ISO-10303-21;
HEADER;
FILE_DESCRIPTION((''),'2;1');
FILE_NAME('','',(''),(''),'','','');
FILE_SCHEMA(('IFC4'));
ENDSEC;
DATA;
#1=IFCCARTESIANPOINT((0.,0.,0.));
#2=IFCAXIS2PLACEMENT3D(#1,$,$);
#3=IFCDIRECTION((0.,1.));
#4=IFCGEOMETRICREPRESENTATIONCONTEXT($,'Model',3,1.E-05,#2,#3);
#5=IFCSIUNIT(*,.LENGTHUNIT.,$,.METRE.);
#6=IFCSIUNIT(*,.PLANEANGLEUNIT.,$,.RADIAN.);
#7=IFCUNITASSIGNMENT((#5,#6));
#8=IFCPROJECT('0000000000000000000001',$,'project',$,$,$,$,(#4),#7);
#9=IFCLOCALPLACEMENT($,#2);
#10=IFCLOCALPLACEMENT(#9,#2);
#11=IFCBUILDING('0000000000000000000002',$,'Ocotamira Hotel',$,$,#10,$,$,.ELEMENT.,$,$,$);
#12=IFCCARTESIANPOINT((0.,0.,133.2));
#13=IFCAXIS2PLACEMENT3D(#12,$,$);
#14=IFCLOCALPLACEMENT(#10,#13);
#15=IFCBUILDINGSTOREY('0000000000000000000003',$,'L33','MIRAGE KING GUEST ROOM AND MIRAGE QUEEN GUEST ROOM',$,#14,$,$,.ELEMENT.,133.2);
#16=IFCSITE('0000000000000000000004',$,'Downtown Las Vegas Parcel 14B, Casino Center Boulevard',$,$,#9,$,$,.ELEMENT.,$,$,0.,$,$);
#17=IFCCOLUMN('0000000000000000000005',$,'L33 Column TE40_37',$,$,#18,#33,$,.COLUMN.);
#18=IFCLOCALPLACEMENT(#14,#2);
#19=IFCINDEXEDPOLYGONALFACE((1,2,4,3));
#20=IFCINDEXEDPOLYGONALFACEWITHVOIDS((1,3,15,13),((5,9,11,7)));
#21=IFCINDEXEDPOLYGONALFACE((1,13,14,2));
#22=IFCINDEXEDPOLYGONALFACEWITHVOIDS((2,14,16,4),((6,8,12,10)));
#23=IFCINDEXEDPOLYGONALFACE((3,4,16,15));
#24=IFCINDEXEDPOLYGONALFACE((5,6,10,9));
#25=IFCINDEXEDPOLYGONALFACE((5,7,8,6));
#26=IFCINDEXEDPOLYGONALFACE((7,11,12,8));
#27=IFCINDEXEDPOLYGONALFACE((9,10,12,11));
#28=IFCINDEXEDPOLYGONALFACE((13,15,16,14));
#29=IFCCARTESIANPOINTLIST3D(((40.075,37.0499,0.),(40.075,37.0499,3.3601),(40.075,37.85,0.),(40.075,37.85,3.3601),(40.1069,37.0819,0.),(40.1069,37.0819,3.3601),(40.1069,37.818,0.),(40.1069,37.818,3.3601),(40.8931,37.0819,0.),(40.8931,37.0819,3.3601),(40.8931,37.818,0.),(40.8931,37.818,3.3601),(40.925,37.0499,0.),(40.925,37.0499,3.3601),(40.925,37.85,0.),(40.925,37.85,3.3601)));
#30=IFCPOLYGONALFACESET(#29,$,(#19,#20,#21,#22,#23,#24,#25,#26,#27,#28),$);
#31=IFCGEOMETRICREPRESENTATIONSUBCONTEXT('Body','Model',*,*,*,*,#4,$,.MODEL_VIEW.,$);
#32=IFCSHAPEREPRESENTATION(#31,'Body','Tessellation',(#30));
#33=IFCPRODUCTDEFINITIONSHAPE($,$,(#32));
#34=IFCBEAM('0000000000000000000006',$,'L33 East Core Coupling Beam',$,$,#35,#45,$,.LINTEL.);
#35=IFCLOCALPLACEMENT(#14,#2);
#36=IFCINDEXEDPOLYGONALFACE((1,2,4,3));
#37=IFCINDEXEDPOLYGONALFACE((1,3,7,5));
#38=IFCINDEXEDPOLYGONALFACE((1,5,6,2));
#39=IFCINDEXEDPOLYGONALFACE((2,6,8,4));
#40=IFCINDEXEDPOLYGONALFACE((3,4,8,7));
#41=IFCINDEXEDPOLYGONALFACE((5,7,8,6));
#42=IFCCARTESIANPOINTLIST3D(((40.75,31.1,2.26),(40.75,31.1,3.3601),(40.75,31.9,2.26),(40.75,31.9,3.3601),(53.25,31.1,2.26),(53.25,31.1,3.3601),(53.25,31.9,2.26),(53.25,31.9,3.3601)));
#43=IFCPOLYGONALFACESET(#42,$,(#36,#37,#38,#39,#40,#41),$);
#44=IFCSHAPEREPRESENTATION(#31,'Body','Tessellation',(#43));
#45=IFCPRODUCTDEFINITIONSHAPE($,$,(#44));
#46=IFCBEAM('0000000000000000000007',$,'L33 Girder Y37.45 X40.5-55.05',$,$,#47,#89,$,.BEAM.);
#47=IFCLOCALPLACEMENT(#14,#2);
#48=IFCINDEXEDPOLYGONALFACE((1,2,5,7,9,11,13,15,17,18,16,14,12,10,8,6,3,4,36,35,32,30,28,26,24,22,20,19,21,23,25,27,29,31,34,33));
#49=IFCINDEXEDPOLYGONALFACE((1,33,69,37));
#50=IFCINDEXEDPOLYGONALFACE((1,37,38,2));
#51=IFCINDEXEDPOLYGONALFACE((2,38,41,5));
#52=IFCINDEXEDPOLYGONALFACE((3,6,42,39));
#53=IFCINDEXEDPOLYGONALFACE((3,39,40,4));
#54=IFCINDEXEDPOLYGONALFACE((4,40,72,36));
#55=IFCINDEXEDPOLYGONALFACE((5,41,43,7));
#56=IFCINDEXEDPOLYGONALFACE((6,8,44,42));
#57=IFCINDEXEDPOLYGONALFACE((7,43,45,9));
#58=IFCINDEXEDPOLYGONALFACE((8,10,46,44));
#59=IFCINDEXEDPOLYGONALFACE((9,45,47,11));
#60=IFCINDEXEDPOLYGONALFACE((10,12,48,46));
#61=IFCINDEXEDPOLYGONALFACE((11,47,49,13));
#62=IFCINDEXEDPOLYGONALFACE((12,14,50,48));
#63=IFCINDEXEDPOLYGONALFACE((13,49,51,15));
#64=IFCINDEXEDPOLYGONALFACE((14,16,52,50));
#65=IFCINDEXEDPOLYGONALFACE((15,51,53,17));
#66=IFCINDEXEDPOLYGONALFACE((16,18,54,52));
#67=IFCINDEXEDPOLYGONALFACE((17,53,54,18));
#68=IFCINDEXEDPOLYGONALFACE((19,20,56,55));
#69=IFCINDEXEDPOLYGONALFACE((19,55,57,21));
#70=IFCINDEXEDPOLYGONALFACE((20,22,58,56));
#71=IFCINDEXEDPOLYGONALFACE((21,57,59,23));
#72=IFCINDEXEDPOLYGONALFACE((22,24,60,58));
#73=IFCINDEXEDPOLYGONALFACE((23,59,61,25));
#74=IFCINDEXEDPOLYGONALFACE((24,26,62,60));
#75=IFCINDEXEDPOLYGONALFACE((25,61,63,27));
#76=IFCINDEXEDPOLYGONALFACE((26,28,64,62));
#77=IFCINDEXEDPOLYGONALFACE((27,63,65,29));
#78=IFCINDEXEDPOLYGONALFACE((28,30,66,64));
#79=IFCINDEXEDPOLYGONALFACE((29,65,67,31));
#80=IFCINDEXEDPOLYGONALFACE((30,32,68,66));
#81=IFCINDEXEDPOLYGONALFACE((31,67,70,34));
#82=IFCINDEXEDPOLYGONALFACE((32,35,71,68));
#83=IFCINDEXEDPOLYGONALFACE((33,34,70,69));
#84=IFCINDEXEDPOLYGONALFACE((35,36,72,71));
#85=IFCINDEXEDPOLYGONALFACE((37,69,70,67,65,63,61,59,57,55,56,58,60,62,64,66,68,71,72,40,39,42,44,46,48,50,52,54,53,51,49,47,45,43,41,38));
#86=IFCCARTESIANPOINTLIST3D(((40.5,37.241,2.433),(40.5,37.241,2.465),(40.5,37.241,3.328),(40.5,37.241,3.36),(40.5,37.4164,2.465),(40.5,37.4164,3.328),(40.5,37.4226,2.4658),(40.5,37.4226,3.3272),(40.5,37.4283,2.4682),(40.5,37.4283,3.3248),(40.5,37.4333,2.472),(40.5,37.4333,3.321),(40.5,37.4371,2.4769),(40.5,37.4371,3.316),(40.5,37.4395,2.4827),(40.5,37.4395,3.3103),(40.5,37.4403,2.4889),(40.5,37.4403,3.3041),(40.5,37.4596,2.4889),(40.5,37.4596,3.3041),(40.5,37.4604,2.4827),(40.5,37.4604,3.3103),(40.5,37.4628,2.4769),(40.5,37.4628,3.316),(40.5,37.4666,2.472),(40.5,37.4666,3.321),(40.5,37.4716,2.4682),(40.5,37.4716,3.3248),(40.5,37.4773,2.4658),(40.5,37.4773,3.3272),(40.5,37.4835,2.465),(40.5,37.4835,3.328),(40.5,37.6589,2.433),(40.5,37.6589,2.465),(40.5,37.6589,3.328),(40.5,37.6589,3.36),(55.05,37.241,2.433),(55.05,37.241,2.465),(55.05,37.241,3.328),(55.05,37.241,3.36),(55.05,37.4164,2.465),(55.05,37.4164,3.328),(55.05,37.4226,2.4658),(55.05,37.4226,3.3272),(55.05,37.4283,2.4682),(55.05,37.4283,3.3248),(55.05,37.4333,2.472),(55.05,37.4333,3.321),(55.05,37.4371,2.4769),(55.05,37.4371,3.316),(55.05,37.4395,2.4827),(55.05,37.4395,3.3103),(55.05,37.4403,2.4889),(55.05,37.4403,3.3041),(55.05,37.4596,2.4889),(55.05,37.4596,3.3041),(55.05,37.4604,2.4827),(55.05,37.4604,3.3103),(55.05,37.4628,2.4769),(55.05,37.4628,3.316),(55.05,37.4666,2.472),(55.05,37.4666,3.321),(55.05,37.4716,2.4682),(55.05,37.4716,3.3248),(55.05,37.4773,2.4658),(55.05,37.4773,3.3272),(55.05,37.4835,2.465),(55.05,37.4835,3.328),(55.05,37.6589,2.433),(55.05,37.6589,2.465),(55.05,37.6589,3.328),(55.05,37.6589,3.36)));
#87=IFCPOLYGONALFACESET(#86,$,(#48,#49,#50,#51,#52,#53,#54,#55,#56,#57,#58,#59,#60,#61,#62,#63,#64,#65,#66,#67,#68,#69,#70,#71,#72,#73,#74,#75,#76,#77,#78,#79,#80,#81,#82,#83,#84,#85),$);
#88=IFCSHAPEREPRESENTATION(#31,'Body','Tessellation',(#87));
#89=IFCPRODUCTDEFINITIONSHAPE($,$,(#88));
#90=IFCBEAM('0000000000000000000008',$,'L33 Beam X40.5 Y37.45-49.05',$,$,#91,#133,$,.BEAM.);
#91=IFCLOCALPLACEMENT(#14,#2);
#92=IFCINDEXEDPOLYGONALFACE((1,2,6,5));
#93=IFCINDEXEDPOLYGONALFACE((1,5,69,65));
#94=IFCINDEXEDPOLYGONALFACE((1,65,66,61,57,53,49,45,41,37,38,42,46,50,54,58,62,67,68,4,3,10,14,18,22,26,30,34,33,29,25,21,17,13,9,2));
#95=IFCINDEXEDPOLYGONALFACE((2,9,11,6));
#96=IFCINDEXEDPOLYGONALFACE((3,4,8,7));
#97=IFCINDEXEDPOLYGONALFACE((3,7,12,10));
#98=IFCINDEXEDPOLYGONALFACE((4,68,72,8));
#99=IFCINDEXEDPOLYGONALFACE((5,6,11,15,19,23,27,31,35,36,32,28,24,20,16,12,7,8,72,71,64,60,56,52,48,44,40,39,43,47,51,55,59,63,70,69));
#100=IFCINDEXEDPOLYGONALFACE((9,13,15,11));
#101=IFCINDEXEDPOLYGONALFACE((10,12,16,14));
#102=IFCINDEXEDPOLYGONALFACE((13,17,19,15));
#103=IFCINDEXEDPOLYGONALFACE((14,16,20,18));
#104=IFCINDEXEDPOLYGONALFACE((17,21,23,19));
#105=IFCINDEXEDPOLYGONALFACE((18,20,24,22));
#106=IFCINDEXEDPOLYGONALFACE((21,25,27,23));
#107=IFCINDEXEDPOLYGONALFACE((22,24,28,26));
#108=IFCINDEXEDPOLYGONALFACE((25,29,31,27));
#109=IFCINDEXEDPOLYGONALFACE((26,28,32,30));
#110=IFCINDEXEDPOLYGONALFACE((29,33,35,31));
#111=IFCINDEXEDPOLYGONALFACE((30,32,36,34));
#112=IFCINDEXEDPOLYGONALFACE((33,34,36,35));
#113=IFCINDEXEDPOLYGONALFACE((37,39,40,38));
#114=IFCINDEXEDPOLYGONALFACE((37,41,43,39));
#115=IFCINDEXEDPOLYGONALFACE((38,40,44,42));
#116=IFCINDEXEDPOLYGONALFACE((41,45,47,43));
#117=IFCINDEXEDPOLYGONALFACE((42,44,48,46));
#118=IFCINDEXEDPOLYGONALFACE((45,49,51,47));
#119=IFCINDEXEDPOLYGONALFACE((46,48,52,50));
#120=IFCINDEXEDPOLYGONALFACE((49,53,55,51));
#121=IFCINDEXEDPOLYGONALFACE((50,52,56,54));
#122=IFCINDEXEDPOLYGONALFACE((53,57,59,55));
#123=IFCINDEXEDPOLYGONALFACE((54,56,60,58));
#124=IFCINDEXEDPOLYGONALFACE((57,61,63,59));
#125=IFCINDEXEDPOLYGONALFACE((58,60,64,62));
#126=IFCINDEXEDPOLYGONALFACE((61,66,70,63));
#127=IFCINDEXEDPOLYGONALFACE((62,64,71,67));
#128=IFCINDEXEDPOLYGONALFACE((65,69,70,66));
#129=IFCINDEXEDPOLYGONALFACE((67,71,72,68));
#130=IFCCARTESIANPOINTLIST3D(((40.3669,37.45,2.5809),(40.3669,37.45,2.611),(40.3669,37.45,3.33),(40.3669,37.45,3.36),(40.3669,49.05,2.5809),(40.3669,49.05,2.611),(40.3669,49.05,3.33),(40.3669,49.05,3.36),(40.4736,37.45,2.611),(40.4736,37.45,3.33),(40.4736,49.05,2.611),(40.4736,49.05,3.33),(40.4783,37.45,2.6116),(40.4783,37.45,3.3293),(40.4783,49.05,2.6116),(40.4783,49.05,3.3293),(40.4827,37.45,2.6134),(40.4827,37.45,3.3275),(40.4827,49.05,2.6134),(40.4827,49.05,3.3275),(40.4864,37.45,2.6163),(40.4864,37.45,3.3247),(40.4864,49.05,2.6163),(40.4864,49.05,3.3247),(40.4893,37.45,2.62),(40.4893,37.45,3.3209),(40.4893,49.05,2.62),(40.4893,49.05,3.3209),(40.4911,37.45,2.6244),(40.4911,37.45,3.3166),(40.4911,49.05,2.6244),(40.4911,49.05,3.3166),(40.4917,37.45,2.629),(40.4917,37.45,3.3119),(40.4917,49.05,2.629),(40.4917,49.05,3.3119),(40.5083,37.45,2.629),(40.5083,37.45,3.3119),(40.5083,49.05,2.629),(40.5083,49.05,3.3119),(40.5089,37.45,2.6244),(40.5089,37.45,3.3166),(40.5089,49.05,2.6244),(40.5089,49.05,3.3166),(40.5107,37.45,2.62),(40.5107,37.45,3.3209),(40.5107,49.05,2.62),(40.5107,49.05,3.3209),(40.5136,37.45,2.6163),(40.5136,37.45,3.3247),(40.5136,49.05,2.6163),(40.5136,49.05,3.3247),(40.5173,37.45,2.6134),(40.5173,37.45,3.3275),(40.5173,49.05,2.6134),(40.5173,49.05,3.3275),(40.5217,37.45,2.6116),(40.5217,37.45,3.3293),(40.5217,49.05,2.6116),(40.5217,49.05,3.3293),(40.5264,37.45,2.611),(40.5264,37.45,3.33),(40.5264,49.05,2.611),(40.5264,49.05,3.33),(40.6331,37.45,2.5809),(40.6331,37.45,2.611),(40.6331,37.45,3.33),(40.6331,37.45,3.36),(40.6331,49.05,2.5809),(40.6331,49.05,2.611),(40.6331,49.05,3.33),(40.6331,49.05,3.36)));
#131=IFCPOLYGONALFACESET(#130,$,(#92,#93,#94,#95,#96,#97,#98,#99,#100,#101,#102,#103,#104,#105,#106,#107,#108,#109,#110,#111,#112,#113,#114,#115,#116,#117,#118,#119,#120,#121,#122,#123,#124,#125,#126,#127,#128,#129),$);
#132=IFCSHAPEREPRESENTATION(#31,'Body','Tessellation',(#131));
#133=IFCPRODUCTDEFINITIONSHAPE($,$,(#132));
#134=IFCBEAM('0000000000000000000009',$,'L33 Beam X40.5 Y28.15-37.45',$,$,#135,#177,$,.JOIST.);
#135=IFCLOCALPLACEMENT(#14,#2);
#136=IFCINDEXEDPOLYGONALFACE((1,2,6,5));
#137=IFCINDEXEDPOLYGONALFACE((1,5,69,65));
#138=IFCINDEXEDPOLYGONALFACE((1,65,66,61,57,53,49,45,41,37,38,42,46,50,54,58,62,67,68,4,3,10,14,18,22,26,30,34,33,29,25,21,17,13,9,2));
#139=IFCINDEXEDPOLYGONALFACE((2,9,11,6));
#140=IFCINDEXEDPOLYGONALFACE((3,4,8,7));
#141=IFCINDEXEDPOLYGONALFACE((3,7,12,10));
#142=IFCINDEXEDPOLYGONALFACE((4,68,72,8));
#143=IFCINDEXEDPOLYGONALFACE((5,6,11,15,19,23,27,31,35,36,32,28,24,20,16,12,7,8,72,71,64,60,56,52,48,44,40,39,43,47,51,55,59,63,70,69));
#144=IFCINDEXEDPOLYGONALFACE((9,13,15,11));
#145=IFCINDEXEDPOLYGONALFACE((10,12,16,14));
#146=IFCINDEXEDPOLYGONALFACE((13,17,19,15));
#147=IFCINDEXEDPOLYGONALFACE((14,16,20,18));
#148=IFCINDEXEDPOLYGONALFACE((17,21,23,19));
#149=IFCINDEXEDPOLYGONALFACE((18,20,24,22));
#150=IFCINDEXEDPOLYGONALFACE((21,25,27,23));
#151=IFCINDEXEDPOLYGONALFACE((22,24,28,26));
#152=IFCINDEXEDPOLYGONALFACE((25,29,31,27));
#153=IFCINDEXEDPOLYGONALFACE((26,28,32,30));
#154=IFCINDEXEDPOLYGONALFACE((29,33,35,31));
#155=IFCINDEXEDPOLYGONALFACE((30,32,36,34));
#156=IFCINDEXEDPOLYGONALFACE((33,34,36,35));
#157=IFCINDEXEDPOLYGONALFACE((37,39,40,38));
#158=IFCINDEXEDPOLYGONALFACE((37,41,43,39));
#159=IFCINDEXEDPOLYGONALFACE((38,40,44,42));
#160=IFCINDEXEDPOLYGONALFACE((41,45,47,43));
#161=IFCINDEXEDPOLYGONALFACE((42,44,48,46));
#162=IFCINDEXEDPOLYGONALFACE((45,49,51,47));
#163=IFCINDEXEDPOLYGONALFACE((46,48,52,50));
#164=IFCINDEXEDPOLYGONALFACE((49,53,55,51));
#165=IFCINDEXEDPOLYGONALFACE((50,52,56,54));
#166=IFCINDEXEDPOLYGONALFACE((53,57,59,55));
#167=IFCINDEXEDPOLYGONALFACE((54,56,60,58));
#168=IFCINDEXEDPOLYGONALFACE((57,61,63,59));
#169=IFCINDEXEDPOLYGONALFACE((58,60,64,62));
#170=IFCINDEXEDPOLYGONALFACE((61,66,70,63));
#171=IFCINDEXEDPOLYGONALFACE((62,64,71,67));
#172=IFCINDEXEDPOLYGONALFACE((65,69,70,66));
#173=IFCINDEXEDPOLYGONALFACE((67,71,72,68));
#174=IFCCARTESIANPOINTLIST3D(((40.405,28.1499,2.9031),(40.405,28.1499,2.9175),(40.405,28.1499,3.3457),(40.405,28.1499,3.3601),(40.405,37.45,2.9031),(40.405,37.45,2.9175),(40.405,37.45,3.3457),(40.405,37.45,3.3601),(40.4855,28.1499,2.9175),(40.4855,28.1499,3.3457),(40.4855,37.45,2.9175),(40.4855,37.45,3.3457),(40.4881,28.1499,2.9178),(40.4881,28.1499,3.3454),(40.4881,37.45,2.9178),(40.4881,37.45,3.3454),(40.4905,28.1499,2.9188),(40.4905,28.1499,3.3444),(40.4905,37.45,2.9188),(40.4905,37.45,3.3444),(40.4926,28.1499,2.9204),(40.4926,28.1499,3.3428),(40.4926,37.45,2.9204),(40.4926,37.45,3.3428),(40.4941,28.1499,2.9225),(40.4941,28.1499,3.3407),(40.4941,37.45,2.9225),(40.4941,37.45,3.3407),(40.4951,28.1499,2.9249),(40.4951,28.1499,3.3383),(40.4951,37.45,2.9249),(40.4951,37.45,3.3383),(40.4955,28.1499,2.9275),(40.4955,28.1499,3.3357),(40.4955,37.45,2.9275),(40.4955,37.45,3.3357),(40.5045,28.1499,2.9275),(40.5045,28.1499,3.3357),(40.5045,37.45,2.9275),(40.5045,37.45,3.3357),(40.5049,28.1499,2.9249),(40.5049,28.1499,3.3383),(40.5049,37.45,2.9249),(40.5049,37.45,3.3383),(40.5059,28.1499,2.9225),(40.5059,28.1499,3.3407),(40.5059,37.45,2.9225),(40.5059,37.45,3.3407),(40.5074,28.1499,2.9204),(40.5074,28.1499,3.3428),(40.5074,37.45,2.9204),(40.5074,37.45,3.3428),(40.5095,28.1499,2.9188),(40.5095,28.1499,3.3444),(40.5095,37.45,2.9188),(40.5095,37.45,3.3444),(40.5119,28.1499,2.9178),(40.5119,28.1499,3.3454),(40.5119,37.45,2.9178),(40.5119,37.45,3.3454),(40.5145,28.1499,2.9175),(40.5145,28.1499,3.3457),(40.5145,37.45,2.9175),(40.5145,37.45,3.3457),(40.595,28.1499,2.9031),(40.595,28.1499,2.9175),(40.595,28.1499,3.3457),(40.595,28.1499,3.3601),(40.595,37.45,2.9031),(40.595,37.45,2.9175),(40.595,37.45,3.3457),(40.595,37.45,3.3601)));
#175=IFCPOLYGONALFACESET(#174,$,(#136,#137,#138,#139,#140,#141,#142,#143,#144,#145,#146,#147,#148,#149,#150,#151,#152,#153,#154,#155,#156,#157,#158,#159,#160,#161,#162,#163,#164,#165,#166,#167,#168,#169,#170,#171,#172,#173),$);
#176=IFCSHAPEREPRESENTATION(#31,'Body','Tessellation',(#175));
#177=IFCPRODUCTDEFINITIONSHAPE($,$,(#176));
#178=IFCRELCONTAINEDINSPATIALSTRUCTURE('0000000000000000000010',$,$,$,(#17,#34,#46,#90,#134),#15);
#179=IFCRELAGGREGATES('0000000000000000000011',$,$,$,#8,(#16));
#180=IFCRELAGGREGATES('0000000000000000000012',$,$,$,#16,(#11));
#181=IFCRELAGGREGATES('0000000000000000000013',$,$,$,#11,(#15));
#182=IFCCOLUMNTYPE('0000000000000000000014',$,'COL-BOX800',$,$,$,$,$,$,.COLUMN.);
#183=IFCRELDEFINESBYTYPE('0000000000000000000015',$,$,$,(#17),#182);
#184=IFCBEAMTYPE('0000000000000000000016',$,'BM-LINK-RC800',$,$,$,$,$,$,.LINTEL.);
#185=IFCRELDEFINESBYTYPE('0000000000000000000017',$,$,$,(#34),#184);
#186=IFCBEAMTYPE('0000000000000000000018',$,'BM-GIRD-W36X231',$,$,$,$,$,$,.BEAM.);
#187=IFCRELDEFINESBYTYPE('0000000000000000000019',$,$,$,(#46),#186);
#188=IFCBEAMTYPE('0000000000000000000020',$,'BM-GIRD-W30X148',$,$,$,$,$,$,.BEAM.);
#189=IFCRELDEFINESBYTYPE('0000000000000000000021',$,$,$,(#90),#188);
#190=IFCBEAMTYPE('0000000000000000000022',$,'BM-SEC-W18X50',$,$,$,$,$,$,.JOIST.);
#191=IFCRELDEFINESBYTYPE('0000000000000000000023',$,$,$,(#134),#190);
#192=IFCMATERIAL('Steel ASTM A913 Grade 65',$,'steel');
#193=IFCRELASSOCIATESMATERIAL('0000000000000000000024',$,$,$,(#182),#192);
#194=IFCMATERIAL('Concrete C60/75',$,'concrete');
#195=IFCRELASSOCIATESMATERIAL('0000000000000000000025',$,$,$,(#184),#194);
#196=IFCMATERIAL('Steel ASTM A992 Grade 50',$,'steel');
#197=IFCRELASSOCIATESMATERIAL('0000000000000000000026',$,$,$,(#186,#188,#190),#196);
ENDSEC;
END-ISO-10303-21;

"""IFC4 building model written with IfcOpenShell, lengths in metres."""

from ifc_helpers import new_model, si_unit, direction, frame, origin, origin_2d, place, context, subcontext, project, spatial, rectangle, hollow_rectangle, i_section, extrude, source, transform, mapped, material, material_profile, profile_set, type_object, element, save


model = new_model("IFC4")

# Units and contexts
model_context = context("Model", 3, precision=1e-05, world=origin(), true_north=direction((0.0, 1.0)))
body_context = subcontext(model_context, "Body", "Model", "MODEL_VIEW")
ifc_project = project(units=[si_unit("LENGTHUNIT", "METRE"), si_unit("PLANEANGLEUNIT", "RADIAN")], contexts=[model_context])

# Site, building, storey
site_placement = place(None, origin())
site = spatial("IfcSite", under=ifc_project, at=site_placement, Name="Downtown Las Vegas Parcel 14B, Casino Center Boulevard", CompositionType="ELEMENT", RefElevation=0.0)
building_placement = place(site_placement, origin())
building = spatial("IfcBuilding", under=site, at=building_placement, Name="Ocotamira Hotel", CompositionType="ELEMENT")
storey_placement = place(building_placement, frame((0.0, 0.0, 133.2)))
storey = spatial("IfcBuildingStorey", under=building, at=storey_placement, Name="L33", Description="MIRAGE KING GUEST ROOM AND MIRAGE QUEEN GUEST ROOM", CompositionType="ELEMENT", Elevation=133.2)

# Column
ifc_material_1 = material(Name="Steel ASTM A913 Grade 65", Category="steel")
ifc_material_profile_1 = material_profile(ifc_material_1, hollow_rectangle(XDim=0.8501, YDim=0.8, WallThickness=0.032, at=origin_2d()), Name="BOX800X850X32")
ifc_profile_set_1 = profile_set([ifc_material_profile_1], Name="Steel ASTM A913 Grade 65")
column_type = type_object("IfcColumnType", Name="COL-BOX800", PredefinedType="COLUMN", material=ifc_profile_set_1)
shared_shape_1 = source(origin(), body_context, "Body", "SweptSolid", [
    extrude(hollow_rectangle(XDim=0.8501, YDim=0.8, WallThickness=0.032, at=origin_2d()), origin(), (0.0, 0.0, 1.0), 3.3601),
])
column_placement = place(storey_placement, frame((40.5, 37.45, 0.0), z_axis=(0.0, 0.0, 1.0), x_axis=(1.0, 0.0, 0.0)))
element("IfcColumn", 1, at=column_placement, inside=storey, type_object=column_type, Name="L33 Column TE40_37", PredefinedType="COLUMN", context=body_context, shape_type="MappedRepresentation", body=[
    mapped(shared_shape_1, transform((0.0, 0.0, 0.0), scale=1.0)),
])

# Beams
ifc_material_2 = material(Name="Concrete C60/75", Category="concrete")
ifc_material_profile_2 = material_profile(ifc_material_2, rectangle(XDim=0.8, YDim=1.1001, at=origin_2d()), Name="RC800X1100")
ifc_profile_set_2 = profile_set([ifc_material_profile_2], Name="Concrete C60/75")
beam_type_1 = type_object("IfcBeamType", Name="BM-LINK-RC800", PredefinedType="LINTEL", material=ifc_profile_set_2)
shared_shape_2 = source(origin(), body_context, "Body", "SweptSolid", [
    extrude(rectangle(XDim=0.8, YDim=1.1001, at=origin_2d()), origin(), (0.0, 0.0, 1.0), 12.5),
])
beam_1_placement = place(storey_placement, frame((40.75, 31.5, 2.8101), z_axis=(1.0, 0.0, 0.0), x_axis=(0.0, 1.0, 0.0)))
element("IfcBeam", 2, at=beam_1_placement, inside=storey, type_object=beam_type_1, Name="L33 East Core Coupling Beam", PredefinedType="LINTEL", context=body_context, shape_type="MappedRepresentation", body=[
    mapped(shared_shape_2, transform((0.0, 0.0, 0.0), scale=1.0)),
])
ifc_material_3 = material(Name="Steel ASTM A992 Grade 50", Category="steel")
ifc_material_profile_3 = material_profile(ifc_material_3, i_section(OverallWidth=0.418, OverallDepth=0.927, WebThickness=0.0193, FlangeThickness=0.032, FilletRadius=0.0239, at=origin_2d()), Name="W36X231")
ifc_profile_set_3 = profile_set([ifc_material_profile_3], Name="Steel ASTM A992 Grade 50")
beam_type_2 = type_object("IfcBeamType", Name="BM-GIRD-W36X231", PredefinedType="BEAM", material=ifc_profile_set_3)
shared_shape_3 = source(origin(), body_context, "Body", "SweptSolid", [
    extrude(i_section(OverallWidth=0.418, OverallDepth=0.927, WebThickness=0.0193, FlangeThickness=0.032, FilletRadius=0.0239, at=origin_2d()), origin(), (0.0, 0.0, 1.0), 14.55),
])
beam_2_placement = place(storey_placement, frame((40.5, 37.45, 2.8965), z_axis=(1.0, 0.0, 0.0), x_axis=(0.0, 1.0, 0.0)))
element("IfcBeam", 3, at=beam_2_placement, inside=storey, type_object=beam_type_2, Name="L33 Girder Y37.45 X40.5-55.05", PredefinedType="BEAM", context=body_context, shape_type="MappedRepresentation", body=[
    mapped(shared_shape_3, transform((0.0, 0.0, 0.0), scale=1.0)),
])
ifc_material_profile_4 = material_profile(ifc_material_3, i_section(OverallWidth=0.2661, OverallDepth=0.7791, WebThickness=0.0166, FlangeThickness=0.03, FilletRadius=0.0181, at=origin_2d()), Name="W30X148")
ifc_profile_set_4 = profile_set([ifc_material_profile_4], Name="Steel ASTM A992 Grade 50")
beam_type_3 = type_object("IfcBeamType", Name="BM-GIRD-W30X148", PredefinedType="BEAM", material=ifc_profile_set_4)
shared_shape_4 = source(origin(), body_context, "Body", "SweptSolid", [
    extrude(i_section(OverallWidth=0.2661, OverallDepth=0.7791, WebThickness=0.0166, FlangeThickness=0.03, FilletRadius=0.0181, at=origin_2d()), origin(), (0.0, 0.0, 1.0), 11.6001),
])
beam_3_placement = place(storey_placement, frame((40.5, 37.45, 2.9705), z_axis=(0.0, 1.0, 0.0), x_axis=(-1.0, 0.0, 0.0)))
element("IfcBeam", 4, at=beam_3_placement, inside=storey, type_object=beam_type_3, Name="L33 Beam X40.5 Y37.45-49.05", PredefinedType="BEAM", context=body_context, shape_type="MappedRepresentation", body=[
    mapped(shared_shape_4, transform((0.0, 0.0, 0.0), scale=1.0)),
])
ifc_material_profile_5 = material_profile(ifc_material_3, i_section(OverallWidth=0.1899, OverallDepth=0.457, WebThickness=0.009, FlangeThickness=0.0144, FilletRadius=0.01, at=origin_2d()), Name="W18X50")
ifc_profile_set_5 = profile_set([ifc_material_profile_5], Name="Steel ASTM A992 Grade 50")
beam_type_4 = type_object("IfcBeamType", Name="BM-SEC-W18X50", PredefinedType="JOIST", material=ifc_profile_set_5)
shared_shape_5 = source(origin(), body_context, "Body", "SweptSolid", [
    extrude(i_section(OverallWidth=0.1899, OverallDepth=0.457, WebThickness=0.009, FlangeThickness=0.0144, FilletRadius=0.01, at=origin_2d()), origin(), (0.0, 0.0, 1.0), 9.3),
])
beam_4_placement = place(storey_placement, frame((40.5, 28.1499, 3.1316), z_axis=(0.0, 1.0, 0.0), x_axis=(-1.0, 0.0, 0.0)))
element("IfcBeam", 5, at=beam_4_placement, inside=storey, type_object=beam_type_4, Name="L33 Beam X40.5 Y28.15-37.45", PredefinedType="JOIST", context=body_context, shape_type="MappedRepresentation", body=[
    mapped(shared_shape_5, transform((0.0, 0.0, 0.0), scale=1.0)),
])

save(model, "model.ifc")
